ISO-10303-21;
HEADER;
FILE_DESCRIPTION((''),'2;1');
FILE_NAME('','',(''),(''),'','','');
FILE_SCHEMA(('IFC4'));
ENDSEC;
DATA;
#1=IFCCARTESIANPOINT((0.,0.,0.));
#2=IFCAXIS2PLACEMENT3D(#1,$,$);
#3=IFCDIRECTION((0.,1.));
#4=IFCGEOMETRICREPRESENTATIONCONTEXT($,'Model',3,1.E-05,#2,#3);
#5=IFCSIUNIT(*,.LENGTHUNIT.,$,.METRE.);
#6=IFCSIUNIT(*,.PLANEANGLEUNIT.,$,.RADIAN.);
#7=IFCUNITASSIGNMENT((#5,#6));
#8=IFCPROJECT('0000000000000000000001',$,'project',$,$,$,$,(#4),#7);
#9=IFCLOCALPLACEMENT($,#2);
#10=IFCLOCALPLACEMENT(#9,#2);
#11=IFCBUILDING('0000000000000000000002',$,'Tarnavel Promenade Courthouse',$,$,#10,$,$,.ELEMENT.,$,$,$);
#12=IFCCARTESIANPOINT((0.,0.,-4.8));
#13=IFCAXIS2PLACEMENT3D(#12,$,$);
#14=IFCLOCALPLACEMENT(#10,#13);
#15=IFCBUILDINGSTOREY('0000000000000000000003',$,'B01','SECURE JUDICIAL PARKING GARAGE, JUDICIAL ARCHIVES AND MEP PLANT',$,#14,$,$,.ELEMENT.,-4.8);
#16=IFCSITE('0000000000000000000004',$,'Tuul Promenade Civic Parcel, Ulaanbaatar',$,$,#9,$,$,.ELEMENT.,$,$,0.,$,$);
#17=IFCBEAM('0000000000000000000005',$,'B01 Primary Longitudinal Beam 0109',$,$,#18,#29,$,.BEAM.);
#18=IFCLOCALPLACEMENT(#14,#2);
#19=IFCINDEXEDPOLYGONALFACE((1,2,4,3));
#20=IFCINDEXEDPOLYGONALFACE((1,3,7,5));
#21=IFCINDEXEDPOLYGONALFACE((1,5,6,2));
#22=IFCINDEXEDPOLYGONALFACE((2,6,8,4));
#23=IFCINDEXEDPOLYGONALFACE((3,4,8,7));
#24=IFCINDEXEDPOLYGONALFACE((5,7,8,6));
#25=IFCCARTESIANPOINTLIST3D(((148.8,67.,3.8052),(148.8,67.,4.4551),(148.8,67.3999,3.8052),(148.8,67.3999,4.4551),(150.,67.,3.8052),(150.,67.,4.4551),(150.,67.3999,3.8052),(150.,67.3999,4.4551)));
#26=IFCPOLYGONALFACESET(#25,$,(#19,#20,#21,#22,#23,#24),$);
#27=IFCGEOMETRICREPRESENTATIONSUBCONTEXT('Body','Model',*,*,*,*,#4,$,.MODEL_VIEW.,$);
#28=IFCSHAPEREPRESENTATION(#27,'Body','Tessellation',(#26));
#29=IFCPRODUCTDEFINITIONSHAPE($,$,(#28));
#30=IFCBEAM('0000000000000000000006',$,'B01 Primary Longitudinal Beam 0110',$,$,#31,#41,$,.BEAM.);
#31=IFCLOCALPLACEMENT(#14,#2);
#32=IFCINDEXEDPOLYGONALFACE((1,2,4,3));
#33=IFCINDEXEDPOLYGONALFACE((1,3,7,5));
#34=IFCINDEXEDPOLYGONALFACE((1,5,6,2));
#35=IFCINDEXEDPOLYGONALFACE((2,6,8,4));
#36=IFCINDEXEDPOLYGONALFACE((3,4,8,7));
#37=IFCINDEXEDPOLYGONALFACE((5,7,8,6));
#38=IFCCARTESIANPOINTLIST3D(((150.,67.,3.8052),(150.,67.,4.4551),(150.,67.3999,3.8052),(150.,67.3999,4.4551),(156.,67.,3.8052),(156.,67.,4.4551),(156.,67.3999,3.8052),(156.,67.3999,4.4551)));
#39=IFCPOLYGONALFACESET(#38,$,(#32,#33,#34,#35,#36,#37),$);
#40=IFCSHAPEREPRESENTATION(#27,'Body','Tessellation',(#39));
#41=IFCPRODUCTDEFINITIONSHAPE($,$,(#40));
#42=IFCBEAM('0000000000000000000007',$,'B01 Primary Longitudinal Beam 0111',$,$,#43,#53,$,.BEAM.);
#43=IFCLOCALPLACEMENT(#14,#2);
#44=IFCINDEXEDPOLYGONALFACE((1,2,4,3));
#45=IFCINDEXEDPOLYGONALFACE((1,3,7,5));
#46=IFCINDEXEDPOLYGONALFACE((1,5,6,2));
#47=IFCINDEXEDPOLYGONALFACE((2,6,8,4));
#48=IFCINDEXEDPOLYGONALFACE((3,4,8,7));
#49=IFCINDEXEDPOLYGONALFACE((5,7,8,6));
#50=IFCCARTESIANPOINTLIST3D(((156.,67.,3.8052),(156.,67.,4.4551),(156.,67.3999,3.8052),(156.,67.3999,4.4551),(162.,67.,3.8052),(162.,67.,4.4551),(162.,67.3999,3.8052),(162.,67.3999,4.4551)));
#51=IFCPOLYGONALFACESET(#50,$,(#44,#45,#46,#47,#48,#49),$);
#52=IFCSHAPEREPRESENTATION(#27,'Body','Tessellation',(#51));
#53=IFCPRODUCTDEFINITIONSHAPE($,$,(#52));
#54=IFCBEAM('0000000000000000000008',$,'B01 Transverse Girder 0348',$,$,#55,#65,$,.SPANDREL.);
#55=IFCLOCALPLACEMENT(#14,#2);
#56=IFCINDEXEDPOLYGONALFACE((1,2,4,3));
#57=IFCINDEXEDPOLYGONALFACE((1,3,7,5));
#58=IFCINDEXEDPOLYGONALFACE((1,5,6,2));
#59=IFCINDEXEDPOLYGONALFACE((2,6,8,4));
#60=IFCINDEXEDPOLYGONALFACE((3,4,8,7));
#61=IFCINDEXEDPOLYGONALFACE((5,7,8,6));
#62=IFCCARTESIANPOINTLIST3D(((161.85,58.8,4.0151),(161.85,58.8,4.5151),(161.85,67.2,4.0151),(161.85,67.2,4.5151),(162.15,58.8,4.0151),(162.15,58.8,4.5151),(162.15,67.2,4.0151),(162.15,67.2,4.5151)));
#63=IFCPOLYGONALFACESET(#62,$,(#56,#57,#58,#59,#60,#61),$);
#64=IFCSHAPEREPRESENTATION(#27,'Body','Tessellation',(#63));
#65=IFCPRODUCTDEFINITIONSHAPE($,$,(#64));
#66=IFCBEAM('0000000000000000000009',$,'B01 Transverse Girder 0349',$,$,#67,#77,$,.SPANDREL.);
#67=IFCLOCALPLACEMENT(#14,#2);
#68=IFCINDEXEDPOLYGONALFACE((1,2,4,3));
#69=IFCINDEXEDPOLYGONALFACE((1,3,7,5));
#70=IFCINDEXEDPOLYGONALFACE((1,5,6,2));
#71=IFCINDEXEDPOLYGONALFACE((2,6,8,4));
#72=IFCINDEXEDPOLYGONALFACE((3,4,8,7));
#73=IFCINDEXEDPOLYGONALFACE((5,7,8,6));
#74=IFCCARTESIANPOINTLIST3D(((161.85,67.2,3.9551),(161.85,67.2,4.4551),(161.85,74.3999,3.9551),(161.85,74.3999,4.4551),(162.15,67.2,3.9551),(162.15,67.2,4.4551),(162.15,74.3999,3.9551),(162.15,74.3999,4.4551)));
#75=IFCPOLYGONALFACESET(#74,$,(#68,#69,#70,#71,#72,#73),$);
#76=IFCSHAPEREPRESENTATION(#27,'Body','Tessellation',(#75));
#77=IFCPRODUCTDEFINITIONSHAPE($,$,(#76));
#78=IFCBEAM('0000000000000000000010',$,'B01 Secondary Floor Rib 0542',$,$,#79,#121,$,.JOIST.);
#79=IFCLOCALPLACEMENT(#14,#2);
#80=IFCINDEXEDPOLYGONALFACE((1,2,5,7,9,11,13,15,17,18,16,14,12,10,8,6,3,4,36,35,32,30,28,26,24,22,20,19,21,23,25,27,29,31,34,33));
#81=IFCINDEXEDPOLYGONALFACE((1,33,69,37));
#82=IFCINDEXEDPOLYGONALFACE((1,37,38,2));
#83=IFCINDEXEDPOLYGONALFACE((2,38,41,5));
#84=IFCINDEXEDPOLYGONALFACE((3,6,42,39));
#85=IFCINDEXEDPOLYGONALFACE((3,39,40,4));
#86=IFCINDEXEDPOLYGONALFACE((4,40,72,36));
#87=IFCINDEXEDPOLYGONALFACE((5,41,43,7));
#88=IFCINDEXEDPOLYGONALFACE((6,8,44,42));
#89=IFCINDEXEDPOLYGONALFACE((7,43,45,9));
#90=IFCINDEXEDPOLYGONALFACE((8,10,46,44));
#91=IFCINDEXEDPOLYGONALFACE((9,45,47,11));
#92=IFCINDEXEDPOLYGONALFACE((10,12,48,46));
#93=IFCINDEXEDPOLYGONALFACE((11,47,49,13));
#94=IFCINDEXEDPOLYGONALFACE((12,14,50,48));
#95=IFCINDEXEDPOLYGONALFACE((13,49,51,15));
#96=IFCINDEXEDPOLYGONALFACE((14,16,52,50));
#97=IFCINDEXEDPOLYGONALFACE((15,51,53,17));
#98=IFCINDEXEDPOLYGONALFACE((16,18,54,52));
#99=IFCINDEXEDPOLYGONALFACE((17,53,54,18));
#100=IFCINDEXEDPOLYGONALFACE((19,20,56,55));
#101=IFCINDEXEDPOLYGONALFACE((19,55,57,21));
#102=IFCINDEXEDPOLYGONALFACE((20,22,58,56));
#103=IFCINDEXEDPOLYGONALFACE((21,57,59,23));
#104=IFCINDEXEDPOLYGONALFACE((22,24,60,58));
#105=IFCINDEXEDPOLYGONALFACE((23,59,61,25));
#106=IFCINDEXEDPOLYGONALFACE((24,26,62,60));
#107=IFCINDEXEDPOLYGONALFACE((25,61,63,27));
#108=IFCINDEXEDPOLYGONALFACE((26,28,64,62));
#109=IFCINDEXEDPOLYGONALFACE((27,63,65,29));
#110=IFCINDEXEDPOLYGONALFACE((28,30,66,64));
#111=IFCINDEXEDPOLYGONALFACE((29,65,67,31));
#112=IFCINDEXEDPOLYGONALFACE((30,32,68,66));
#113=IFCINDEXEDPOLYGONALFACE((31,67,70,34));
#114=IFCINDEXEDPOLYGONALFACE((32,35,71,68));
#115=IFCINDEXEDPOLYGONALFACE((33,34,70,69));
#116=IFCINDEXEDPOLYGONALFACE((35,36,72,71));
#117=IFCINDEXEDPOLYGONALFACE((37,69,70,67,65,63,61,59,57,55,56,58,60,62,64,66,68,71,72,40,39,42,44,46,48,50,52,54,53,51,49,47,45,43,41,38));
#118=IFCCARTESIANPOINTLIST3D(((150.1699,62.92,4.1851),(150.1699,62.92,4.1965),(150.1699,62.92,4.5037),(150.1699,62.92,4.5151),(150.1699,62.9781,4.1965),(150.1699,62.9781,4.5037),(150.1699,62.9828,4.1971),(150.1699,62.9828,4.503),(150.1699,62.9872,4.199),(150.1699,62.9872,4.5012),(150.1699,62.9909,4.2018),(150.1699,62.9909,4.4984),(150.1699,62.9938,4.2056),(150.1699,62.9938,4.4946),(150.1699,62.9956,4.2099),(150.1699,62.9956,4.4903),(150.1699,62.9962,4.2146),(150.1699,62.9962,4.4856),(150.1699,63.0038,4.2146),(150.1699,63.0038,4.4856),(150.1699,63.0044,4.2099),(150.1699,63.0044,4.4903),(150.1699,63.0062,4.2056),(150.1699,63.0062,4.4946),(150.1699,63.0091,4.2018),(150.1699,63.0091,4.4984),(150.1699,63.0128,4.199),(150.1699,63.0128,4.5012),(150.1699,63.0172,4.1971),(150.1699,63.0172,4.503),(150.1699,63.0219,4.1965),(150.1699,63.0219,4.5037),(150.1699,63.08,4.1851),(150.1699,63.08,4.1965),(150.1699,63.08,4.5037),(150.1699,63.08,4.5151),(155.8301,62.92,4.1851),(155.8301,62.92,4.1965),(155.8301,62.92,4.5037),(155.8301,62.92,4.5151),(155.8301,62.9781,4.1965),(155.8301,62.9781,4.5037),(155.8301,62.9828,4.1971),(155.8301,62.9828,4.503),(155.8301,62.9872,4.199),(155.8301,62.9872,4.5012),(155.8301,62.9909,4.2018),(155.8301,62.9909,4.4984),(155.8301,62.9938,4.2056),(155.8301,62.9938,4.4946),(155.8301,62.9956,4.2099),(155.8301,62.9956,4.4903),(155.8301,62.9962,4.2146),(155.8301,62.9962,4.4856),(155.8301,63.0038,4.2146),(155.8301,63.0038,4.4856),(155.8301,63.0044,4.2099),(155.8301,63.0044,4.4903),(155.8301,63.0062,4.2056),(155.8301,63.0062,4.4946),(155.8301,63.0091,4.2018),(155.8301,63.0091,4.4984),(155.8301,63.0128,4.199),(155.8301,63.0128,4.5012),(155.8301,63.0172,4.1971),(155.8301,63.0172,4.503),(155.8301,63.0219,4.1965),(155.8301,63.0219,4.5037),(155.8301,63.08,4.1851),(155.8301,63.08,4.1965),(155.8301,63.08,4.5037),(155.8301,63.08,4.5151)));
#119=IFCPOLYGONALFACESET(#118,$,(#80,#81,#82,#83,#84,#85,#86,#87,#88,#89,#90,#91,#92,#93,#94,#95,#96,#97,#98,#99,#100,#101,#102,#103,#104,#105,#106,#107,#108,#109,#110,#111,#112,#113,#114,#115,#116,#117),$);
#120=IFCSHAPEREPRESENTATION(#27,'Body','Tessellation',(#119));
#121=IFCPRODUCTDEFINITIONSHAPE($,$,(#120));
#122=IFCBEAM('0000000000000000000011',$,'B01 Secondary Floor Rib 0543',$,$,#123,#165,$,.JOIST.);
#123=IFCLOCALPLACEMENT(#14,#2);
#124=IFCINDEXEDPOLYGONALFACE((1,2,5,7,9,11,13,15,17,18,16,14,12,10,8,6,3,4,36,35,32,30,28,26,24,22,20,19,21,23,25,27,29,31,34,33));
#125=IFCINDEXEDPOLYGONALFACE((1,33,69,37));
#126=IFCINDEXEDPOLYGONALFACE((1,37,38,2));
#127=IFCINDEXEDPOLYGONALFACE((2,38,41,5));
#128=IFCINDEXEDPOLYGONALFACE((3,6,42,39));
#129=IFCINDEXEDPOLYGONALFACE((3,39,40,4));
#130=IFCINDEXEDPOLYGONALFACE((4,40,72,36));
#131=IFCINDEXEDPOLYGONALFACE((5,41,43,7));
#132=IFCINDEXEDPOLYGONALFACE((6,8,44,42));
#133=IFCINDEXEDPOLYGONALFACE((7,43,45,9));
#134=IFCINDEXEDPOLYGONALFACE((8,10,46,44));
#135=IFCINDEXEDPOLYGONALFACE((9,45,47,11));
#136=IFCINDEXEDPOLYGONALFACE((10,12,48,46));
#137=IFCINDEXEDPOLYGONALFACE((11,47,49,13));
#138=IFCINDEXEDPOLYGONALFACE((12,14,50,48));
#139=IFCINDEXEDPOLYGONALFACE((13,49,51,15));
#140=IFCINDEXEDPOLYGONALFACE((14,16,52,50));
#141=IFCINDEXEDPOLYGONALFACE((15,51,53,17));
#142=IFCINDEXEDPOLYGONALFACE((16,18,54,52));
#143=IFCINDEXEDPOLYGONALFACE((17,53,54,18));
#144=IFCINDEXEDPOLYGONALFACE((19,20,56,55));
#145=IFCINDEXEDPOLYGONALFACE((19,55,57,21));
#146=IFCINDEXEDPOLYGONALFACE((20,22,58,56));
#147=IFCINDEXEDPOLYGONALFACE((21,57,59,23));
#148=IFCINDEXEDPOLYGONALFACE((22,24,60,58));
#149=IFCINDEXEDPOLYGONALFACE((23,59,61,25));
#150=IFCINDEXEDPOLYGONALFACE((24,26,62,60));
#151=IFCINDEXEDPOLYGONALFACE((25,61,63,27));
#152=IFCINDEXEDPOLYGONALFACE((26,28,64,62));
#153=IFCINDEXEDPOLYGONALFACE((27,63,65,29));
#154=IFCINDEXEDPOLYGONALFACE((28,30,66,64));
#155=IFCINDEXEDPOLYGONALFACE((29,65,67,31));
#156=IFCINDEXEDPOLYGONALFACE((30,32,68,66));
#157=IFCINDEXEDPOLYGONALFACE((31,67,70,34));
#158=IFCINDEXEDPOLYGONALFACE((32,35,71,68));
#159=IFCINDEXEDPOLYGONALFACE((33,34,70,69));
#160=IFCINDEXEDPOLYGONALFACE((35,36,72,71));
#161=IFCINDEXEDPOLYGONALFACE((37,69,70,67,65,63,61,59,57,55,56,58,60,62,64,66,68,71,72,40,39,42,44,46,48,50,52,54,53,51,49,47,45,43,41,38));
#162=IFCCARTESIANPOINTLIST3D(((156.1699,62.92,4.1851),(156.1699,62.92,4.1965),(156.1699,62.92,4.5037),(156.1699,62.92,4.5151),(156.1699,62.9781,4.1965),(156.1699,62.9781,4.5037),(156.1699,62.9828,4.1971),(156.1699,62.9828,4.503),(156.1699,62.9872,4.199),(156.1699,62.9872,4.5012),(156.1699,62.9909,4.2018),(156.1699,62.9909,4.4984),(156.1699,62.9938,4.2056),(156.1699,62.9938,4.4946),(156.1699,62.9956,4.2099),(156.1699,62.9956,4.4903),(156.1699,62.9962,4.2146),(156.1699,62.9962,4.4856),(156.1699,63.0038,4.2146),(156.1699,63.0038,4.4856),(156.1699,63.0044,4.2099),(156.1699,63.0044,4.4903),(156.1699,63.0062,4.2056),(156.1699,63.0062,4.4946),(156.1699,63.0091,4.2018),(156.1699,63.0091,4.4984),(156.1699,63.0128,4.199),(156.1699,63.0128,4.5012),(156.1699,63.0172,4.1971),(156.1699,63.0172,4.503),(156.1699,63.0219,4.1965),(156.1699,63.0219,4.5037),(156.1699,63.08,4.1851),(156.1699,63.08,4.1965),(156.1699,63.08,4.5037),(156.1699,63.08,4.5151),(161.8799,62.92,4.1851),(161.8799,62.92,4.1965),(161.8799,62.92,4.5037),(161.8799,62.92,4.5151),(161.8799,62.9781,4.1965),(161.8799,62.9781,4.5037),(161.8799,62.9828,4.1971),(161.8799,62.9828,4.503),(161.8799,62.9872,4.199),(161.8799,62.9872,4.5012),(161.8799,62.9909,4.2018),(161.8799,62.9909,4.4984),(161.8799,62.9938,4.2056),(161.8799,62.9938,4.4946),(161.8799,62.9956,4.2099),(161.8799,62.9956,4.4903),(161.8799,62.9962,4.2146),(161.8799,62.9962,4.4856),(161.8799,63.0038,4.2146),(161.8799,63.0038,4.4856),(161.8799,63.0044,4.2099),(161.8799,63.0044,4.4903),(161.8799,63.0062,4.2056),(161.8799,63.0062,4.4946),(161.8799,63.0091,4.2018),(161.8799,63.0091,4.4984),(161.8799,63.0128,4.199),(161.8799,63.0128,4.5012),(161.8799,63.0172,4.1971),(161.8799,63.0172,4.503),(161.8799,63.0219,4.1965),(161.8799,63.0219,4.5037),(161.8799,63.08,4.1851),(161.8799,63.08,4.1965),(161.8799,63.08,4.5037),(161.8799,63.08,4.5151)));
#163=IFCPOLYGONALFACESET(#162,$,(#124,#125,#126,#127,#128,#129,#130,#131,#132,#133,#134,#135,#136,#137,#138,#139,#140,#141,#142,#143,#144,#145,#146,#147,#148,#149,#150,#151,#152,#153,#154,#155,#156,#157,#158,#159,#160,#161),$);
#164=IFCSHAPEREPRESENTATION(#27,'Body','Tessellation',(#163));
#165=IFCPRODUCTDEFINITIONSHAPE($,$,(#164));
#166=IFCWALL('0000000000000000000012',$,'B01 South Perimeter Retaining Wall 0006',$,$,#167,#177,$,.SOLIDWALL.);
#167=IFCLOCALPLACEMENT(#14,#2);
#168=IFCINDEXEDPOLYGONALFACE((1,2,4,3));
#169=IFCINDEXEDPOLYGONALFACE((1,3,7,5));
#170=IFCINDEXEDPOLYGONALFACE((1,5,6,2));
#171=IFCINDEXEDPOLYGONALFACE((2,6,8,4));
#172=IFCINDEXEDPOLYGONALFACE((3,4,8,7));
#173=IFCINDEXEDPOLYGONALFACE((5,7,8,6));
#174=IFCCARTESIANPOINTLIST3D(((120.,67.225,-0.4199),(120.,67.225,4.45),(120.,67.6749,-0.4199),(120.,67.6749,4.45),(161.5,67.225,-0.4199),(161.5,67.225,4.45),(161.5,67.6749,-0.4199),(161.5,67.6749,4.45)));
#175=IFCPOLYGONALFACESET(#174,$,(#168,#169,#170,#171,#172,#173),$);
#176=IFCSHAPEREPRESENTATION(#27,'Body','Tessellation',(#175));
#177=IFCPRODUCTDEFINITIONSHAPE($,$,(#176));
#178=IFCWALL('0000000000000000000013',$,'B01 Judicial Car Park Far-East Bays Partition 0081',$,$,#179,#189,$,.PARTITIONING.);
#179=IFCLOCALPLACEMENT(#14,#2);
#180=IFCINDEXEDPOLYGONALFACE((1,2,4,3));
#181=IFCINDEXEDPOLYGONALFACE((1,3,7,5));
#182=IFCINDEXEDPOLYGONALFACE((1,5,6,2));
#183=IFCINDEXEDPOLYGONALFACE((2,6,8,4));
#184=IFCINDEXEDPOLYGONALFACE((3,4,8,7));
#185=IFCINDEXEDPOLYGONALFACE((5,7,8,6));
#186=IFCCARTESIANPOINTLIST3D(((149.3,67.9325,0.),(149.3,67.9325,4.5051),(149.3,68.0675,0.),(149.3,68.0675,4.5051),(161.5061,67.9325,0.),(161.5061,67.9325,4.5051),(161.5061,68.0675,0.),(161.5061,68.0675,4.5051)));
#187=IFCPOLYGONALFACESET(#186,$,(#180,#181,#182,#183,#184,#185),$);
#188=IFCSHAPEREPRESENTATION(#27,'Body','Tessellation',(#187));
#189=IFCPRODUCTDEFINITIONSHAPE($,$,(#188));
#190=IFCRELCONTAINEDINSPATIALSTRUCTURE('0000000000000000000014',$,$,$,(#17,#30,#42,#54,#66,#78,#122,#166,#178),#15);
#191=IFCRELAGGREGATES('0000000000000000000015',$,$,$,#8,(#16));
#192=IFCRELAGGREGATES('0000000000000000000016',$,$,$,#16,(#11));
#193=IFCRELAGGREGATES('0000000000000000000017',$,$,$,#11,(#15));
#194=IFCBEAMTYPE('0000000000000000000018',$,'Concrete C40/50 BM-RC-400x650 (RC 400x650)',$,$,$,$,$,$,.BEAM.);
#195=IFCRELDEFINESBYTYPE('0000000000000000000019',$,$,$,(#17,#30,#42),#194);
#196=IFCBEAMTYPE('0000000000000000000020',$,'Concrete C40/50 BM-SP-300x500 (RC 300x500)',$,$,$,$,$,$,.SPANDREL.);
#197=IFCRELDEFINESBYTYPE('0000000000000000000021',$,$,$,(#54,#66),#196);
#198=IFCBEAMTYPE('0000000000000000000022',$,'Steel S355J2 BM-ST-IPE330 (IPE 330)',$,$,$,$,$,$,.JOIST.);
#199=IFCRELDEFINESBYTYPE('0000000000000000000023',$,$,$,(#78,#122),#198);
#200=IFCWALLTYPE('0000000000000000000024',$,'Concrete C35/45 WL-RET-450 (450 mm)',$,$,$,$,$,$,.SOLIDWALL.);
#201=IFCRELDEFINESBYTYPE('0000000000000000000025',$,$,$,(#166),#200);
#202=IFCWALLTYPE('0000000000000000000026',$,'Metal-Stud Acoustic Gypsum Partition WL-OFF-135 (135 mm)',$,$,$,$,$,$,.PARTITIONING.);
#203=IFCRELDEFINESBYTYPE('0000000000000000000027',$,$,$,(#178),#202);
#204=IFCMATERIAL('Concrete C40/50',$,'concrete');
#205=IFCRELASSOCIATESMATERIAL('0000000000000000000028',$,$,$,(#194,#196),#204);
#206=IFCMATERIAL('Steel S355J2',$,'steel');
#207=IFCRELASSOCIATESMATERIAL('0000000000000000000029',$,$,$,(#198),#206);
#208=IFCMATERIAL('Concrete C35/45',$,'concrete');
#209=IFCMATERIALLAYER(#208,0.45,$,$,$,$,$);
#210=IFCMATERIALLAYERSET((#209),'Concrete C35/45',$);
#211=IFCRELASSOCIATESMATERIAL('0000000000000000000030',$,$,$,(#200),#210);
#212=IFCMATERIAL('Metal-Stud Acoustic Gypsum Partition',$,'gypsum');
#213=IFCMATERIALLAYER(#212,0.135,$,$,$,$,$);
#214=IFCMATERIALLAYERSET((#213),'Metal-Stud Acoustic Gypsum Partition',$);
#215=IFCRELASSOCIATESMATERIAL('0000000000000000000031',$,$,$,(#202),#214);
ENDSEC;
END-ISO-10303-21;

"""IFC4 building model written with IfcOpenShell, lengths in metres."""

from ifc_helpers import new_model, si_unit, direction, frame, frame_2d, origin, origin_2d, place, context, subcontext, project, spatial, rectangle, i_section, extrude, material, layer, layer_set, material_profile, profile_set, type_object, element, save


model = new_model("IFC4")

# Units and contexts
model_context = context("Model", 3, precision=1e-05, world=origin(), true_north=direction((0.0, 1.0)))
body_context = subcontext(model_context, "Body", "Model", "MODEL_VIEW")
ifc_project = project(units=[si_unit("LENGTHUNIT", "METRE"), si_unit("PLANEANGLEUNIT", "RADIAN")], contexts=[model_context])

# Site, building, storey
site_placement = place(None, origin())
site = spatial("IfcSite", under=ifc_project, at=site_placement, Name="Tuul Promenade Civic Parcel, Ulaanbaatar", CompositionType="ELEMENT", RefElevation=0.0)
building_placement = place(site_placement, origin())
building = spatial("IfcBuilding", under=site, at=building_placement, Name="Tarnavel Promenade Courthouse", CompositionType="ELEMENT")
storey_placement = place(building_placement, frame((0.0, 0.0, -4.8)))
storey = spatial("IfcBuildingStorey", under=building, at=storey_placement, Name="B01", Description="SECURE JUDICIAL PARKING GARAGE, JUDICIAL ARCHIVES AND MEP PLANT", CompositionType="ELEMENT", Elevation=-4.8)

# Shared definitions
ifc_material_1 = material(Name="Concrete C35/45", Category="concrete")

# Shared definitions
ifc_material_2 = material(Name="Concrete C40/50", Category="concrete")

# Beams
ifc_material_profile_1 = material_profile(ifc_material_2, rectangle(XDim=0.3999, YDim=0.6499, at=origin_2d()), Name="RC 400x650")
ifc_profile_set_1 = profile_set([ifc_material_profile_1], Name="Concrete C40/50")
beam_type_1 = type_object("IfcBeamType", Name="Concrete C40/50 BM-RC-400x650 (RC 400x650)", PredefinedType="BEAM", material=ifc_profile_set_1)
beam_1_placement = place(storey_placement, frame((148.8, 67.2, 4.1301), z_axis=(1.0, 0.0, 0.0), x_axis=(0.0, 1.0, 0.0)))
element("IfcBeam", 1, at=beam_1_placement, inside=storey, type_object=beam_type_1, Name="B01 Primary Longitudinal Beam 0109", PredefinedType="BEAM", context=body_context, shape_type="SweptSolid", body=[
    extrude(rectangle(XDim=0.3999, YDim=0.6499, at=origin_2d()), origin(), (0.0, 0.0, 1.0), 1.2),
])
for number, where, z_axis, x_axis, name in (
    (2, (150.0, 67.2, 4.1301), (1.0, 0.0, 0.0), (0.0, 1.0, 0.0), "B01 Primary Longitudinal Beam 0110"),
    (3, (156.0, 67.2, 4.1301), (1.0, 0.0, 0.0), (0.0, 1.0, 0.0), "B01 Primary Longitudinal Beam 0111"),
):
    element("IfcBeam", number, at=place(storey_placement, frame(where, z_axis=z_axis, x_axis=x_axis)), inside=storey, type_object=beam_type_1, Name=name, PredefinedType="BEAM", context=body_context, shape_type="SweptSolid", body=[
        extrude(rectangle(XDim=0.3999, YDim=0.6499, at=origin_2d()), origin(), (0.0, 0.0, 1.0), 6.0),
    ])
ifc_material_profile_2 = material_profile(ifc_material_2, rectangle(XDim=0.3, YDim=0.5, at=origin_2d()), Name="RC 300x500")
ifc_profile_set_2 = profile_set([ifc_material_profile_2], Name="Concrete C40/50")
beam_type_2 = type_object("IfcBeamType", Name="Concrete C40/50 BM-SP-300x500 (RC 300x500)", PredefinedType="SPANDREL", material=ifc_profile_set_2)
beam_2_placement = place(storey_placement, frame((162.0, 58.8, 4.2651), z_axis=(0.0, 1.0, 0.0), x_axis=(-1.0, 0.0, 0.0)))
element("IfcBeam", 4, at=beam_2_placement, inside=storey, type_object=beam_type_2, Name="B01 Transverse Girder 0348", PredefinedType="SPANDREL", context=body_context, shape_type="SweptSolid", body=[
    extrude(rectangle(XDim=0.3, YDim=0.5, at=origin_2d()), origin(), (0.0, 0.0, 1.0), 8.3999),
])
beam_3_placement = place(storey_placement, frame((162.0, 67.2, 4.2051), z_axis=(0.0, 1.0, 0.0), x_axis=(-1.0, 0.0, 0.0)))
element("IfcBeam", 5, at=beam_3_placement, inside=storey, type_object=beam_type_2, Name="B01 Transverse Girder 0349", PredefinedType="SPANDREL", context=body_context, shape_type="SweptSolid", body=[
    extrude(rectangle(XDim=0.3, YDim=0.5, at=origin_2d()), origin(), (0.0, 0.0, 1.0), 7.2),
])
ifc_material_3 = material(Name="Steel S355J2", Category="steel")
ifc_material_profile_3 = material_profile(ifc_material_3, i_section(OverallWidth=0.1599, OverallDepth=0.3301, WebThickness=0.0076, FlangeThickness=0.0115, FilletRadius=0.0181, at=origin_2d()), Name="IPE 330")
ifc_profile_set_3 = profile_set([ifc_material_profile_3], Name="Steel S355J2")
beam_type_3 = type_object("IfcBeamType", Name="Steel S355J2 BM-ST-IPE330 (IPE 330)", PredefinedType="JOIST", material=ifc_profile_set_3)
beam_4_placement = place(storey_placement, frame((150.1699, 63.0, 4.3501), z_axis=(1.0, 0.0, 0.0), x_axis=(0.0, 1.0, 0.0)))
element("IfcBeam", 6, at=beam_4_placement, inside=storey, type_object=beam_type_3, Name="B01 Secondary Floor Rib 0542", PredefinedType="JOIST", context=body_context, shape_type="SweptSolid", body=[
    extrude(i_section(OverallWidth=0.1599, OverallDepth=0.3301, WebThickness=0.0076, FlangeThickness=0.0115, FilletRadius=0.0181, at=origin_2d()), origin(), (0.0, 0.0, 1.0), 5.6602),
])
beam_5_placement = place(storey_placement, frame((156.1699, 63.0, 4.3501), z_axis=(1.0, 0.0, 0.0), x_axis=(0.0, 1.0, 0.0)))
element("IfcBeam", 7, at=beam_5_placement, inside=storey, type_object=beam_type_3, Name="B01 Secondary Floor Rib 0543", PredefinedType="JOIST", context=body_context, shape_type="SweptSolid", body=[
    extrude(i_section(OverallWidth=0.1599, OverallDepth=0.3301, WebThickness=0.0076, FlangeThickness=0.0115, FilletRadius=0.0181, at=origin_2d()), origin(), (0.0, 0.0, 1.0), 5.71),
])

# Walls
ifc_layer_1 = layer(ifc_material_1, 0.45)
ifc_layer_set_1 = layer_set([ifc_layer_1], Name="Concrete C35/45")
wall_type_1 = type_object("IfcWallType", Name="Concrete C35/45 WL-RET-450 (450 mm)", PredefinedType="SOLIDWALL", material=ifc_layer_set_1)
wall_1_placement = place(storey_placement, frame((161.5, 67.45, -0.4199), z_axis=(0.0, 0.0, 1.0), x_axis=(-1.0, 0.0, 0.0)))
element("IfcWall", 8, at=wall_1_placement, inside=storey, type_object=wall_type_1, Name="B01 South Perimeter Retaining Wall 0006", PredefinedType="SOLIDWALL", context=body_context, shape_type="SweptSolid", body=[
    extrude(rectangle(XDim=41.5, YDim=0.45, at=frame_2d((20.75, 0.0))), origin(), (0.0, 0.0, 1.0), 4.8699),
])
ifc_material_4 = material(Name="Metal-Stud Acoustic Gypsum Partition", Category="gypsum")
ifc_layer_2 = layer(ifc_material_4, 0.135)
ifc_layer_set_2 = layer_set([ifc_layer_2], Name="Metal-Stud Acoustic Gypsum Partition")
wall_type_2 = type_object("IfcWallType", Name="Metal-Stud Acoustic Gypsum Partition WL-OFF-135 (135 mm)", PredefinedType="PARTITIONING", material=ifc_layer_set_2)
wall_2_placement = place(storey_placement, frame((161.5061, 68.0, 0.0), z_axis=(0.0, 0.0, 1.0), x_axis=(-1.0, 0.0, 0.0)))
element("IfcWall", 9, at=wall_2_placement, inside=storey, type_object=wall_type_2, Name="B01 Judicial Car Park Far-East Bays Partition 0081", PredefinedType="PARTITIONING", context=body_context, shape_type="SweptSolid", body=[
    extrude(rectangle(XDim=12.2061, YDim=0.135, at=frame_2d((6.103, 0.0))), origin(), (0.0, 0.0, 1.0), 4.5051),
])

save(model, "model.ifc")
